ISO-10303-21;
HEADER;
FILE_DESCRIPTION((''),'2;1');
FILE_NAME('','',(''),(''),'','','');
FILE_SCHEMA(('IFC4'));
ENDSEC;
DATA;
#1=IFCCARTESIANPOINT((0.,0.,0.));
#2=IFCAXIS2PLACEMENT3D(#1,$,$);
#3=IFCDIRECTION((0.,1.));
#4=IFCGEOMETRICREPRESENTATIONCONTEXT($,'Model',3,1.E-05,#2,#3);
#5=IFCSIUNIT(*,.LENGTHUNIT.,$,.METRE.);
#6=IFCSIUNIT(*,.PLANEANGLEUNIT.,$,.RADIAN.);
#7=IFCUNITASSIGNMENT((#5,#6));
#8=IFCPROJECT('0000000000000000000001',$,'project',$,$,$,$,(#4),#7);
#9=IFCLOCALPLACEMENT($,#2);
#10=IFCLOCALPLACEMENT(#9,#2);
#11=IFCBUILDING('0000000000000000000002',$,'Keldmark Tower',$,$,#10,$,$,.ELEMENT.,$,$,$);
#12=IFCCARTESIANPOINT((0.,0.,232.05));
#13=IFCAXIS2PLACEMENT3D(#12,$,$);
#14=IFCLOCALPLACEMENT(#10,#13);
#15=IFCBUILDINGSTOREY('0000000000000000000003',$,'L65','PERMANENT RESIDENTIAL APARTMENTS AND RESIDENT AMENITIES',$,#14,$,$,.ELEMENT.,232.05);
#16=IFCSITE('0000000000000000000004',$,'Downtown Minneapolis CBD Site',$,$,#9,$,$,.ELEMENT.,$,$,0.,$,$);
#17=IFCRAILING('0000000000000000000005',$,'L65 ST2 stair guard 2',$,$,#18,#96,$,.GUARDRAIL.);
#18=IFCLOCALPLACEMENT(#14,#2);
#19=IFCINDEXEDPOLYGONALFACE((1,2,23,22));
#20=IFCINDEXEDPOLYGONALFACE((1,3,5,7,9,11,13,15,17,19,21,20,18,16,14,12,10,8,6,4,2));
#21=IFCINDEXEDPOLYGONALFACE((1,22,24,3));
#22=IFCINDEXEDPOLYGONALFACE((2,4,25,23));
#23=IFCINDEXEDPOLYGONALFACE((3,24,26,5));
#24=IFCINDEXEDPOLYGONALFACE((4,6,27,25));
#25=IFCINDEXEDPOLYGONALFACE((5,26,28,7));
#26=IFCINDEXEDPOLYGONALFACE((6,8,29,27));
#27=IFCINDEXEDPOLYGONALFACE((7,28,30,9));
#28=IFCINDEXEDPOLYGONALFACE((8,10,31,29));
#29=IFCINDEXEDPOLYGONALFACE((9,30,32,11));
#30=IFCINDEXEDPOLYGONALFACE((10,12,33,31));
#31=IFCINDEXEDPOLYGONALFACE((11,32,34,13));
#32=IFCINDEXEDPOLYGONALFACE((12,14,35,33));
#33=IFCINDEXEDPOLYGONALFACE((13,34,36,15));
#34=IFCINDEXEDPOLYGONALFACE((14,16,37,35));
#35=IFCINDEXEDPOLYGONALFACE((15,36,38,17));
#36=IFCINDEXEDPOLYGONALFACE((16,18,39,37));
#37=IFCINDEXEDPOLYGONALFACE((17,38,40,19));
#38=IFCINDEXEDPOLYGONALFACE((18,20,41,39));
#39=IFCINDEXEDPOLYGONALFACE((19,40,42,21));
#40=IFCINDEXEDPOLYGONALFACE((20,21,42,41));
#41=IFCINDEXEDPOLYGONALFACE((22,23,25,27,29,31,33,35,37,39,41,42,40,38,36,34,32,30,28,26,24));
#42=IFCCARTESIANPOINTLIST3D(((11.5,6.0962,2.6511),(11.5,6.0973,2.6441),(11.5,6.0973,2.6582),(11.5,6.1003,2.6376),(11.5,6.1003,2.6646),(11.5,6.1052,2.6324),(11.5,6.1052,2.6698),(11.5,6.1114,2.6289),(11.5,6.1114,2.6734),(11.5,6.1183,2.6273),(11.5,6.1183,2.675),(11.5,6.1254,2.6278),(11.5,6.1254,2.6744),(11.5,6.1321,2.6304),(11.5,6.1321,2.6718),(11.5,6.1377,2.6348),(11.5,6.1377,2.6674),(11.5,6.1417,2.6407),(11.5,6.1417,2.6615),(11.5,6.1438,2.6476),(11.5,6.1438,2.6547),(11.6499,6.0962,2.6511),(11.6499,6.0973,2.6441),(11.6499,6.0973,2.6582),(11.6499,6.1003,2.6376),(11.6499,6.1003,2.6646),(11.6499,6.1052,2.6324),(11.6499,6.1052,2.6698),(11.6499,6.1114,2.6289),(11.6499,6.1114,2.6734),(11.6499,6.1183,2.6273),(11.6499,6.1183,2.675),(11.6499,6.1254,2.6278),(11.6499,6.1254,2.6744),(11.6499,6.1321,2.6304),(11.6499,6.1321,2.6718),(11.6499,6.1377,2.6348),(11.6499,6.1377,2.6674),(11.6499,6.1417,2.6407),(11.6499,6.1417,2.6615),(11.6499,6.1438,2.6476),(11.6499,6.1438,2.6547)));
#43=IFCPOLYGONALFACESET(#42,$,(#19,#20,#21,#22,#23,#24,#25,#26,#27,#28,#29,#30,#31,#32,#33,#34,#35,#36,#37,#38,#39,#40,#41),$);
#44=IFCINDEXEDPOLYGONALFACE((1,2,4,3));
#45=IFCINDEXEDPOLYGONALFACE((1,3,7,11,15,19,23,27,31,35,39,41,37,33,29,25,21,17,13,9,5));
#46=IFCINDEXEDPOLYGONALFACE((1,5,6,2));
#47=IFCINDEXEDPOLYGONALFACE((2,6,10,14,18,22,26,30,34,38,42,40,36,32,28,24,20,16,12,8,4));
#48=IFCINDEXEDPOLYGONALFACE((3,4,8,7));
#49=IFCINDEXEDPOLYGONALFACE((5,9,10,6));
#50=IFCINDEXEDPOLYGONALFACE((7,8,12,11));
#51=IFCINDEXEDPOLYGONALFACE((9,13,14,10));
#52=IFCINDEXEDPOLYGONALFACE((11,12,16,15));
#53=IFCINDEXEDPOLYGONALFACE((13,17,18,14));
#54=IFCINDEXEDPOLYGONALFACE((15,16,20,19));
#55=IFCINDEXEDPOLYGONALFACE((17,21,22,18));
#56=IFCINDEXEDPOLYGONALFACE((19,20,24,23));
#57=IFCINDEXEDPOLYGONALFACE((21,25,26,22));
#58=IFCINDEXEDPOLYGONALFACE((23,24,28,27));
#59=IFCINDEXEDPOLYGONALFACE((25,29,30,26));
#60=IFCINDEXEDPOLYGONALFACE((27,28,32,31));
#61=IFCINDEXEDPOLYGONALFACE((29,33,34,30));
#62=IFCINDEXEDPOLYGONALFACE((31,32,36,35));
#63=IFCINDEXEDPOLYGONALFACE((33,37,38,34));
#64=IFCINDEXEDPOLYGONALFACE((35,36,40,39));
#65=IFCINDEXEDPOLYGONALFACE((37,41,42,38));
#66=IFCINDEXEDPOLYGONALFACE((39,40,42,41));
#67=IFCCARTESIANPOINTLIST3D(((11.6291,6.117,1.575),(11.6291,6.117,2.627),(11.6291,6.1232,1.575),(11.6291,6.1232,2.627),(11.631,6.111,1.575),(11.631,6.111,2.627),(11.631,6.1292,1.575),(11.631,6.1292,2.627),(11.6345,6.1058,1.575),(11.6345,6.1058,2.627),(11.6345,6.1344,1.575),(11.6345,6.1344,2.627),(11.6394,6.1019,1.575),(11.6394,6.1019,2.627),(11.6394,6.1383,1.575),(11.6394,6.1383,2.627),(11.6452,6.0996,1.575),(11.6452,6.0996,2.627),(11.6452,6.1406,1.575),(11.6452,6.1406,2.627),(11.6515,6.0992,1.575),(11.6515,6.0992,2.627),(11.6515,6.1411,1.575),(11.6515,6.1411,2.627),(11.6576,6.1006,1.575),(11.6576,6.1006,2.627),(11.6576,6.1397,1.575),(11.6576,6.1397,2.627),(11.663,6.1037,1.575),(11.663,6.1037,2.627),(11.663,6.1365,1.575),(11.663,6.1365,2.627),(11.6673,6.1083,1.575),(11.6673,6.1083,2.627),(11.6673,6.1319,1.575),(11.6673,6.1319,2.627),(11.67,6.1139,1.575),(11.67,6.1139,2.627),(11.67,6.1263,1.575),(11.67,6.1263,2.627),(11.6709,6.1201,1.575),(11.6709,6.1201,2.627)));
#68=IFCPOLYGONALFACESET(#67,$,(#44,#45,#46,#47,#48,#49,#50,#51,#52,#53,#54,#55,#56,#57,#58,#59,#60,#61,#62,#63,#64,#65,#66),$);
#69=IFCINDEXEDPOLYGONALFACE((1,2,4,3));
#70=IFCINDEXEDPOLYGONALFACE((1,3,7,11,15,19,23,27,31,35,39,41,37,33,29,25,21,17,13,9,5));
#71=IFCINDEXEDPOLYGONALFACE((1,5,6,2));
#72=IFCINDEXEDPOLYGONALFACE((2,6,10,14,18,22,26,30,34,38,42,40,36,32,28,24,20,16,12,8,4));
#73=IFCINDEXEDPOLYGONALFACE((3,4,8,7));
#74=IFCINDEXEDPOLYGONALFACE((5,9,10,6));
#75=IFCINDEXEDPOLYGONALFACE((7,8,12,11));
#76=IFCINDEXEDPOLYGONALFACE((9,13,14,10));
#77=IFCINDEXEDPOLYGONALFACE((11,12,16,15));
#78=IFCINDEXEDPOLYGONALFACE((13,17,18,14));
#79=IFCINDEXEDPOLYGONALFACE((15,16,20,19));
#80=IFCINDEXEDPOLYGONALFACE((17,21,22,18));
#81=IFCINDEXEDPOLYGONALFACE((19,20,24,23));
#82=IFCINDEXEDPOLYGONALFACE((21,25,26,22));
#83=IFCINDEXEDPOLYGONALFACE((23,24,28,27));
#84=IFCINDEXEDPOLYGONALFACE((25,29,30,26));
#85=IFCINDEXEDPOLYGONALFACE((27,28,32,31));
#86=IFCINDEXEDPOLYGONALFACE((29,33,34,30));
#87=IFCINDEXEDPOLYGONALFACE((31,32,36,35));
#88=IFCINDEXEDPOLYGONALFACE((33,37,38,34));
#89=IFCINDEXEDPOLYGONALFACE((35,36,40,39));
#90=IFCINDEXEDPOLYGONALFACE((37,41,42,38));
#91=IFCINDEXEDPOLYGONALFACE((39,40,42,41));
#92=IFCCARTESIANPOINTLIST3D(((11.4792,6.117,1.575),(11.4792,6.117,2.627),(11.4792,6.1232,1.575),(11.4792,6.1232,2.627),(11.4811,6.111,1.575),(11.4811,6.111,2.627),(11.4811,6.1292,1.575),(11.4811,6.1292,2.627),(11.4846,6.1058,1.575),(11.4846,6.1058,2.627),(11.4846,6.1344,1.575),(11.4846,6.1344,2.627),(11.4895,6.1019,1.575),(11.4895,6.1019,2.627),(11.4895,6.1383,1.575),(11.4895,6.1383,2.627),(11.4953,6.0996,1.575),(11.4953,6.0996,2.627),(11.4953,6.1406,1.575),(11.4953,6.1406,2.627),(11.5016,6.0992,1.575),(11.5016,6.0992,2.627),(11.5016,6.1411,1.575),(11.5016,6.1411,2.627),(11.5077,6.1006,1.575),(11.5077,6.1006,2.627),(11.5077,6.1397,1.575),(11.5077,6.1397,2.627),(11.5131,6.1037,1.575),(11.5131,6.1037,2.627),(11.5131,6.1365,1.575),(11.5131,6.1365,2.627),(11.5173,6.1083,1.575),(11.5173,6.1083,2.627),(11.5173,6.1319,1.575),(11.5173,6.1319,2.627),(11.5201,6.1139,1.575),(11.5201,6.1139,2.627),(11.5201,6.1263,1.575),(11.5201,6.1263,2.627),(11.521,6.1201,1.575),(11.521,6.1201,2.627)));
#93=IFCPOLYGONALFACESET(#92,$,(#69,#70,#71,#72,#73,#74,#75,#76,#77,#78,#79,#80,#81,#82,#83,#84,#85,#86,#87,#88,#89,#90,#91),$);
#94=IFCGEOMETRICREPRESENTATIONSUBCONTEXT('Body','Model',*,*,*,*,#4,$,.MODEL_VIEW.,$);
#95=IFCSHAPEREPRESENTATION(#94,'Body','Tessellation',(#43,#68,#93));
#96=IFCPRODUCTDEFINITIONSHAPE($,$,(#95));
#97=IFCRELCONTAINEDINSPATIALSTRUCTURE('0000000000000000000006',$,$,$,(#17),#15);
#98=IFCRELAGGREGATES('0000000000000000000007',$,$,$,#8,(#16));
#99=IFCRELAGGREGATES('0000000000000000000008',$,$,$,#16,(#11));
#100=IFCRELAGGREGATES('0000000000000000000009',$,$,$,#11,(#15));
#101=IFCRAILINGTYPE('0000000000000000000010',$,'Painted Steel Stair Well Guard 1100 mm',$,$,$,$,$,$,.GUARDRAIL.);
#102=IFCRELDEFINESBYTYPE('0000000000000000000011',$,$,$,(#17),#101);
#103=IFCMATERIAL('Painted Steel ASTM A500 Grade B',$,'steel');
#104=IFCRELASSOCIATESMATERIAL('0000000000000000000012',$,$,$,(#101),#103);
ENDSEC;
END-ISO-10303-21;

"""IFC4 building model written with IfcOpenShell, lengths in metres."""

from ifc_helpers import new_model, si_unit, direction, frame, origin, origin_2d, place, context, subcontext, project, spatial, circle, extrude, material, type_object, element, save


model = new_model("IFC4")

# Units and contexts
model_context = context("Model", 3, precision=1e-05, world=origin(), true_north=direction((0.0, 1.0)))
body_context = subcontext(model_context, "Body", "Model", "MODEL_VIEW")
ifc_project = project(units=[si_unit("LENGTHUNIT", "METRE"), si_unit("PLANEANGLEUNIT", "RADIAN")], contexts=[model_context])

# Site, building, storey
site_placement = place(None, origin())
site = spatial("IfcSite", under=ifc_project, at=site_placement, Name="Downtown Minneapolis CBD Site", CompositionType="ELEMENT", RefElevation=0.0)
building_placement = place(site_placement, origin())
building = spatial("IfcBuilding", under=site, at=building_placement, Name="Keldmark Tower", CompositionType="ELEMENT")
storey_placement = place(building_placement, frame((0.0, 0.0, 232.05)))
storey = spatial("IfcBuildingStorey", under=building, at=storey_placement, Name="L65", Description="PERMANENT RESIDENTIAL APARTMENTS AND RESIDENT AMENITIES", CompositionType="ELEMENT", Elevation=232.05)

# Railing
ifc_material_1 = material(Name="Painted Steel ASTM A500 Grade B", Category="steel")
railing_type_1 = type_object("IfcRailingType", Name="Painted Steel Stair Well Guard 1100 mm", PredefinedType="GUARDRAIL", material=ifc_material_1)
railing_1_placement = place(storey_placement, frame((11.6499, 6.1201, 1.575)))
element("IfcRailing", 1, at=railing_1_placement, inside=storey, type_object=railing_type_1, Name="L65 ST2 stair guard 2", PredefinedType="GUARDRAIL", context=body_context, shape_type="SweptSolid", body=[
    extrude(circle(Radius=0.0239, at=origin_2d()), frame((0.0, 0.0, 1.0762), z_axis=(-1.0, 0.0, 0.0), x_axis=(0.0, -1.0, 0.0)), (0.0, 0.0, 1.0), 0.1499),
    extrude(circle(Radius=0.021, at=origin_2d()), origin(), (0.0, 0.0, 1.0), 1.052),
    extrude(circle(Radius=0.021, at=origin_2d()), frame((-0.1499, 0.0, 0.0)), (0.0, 0.0, 1.0), 1.052),
])

save(model, "model.ifc")
